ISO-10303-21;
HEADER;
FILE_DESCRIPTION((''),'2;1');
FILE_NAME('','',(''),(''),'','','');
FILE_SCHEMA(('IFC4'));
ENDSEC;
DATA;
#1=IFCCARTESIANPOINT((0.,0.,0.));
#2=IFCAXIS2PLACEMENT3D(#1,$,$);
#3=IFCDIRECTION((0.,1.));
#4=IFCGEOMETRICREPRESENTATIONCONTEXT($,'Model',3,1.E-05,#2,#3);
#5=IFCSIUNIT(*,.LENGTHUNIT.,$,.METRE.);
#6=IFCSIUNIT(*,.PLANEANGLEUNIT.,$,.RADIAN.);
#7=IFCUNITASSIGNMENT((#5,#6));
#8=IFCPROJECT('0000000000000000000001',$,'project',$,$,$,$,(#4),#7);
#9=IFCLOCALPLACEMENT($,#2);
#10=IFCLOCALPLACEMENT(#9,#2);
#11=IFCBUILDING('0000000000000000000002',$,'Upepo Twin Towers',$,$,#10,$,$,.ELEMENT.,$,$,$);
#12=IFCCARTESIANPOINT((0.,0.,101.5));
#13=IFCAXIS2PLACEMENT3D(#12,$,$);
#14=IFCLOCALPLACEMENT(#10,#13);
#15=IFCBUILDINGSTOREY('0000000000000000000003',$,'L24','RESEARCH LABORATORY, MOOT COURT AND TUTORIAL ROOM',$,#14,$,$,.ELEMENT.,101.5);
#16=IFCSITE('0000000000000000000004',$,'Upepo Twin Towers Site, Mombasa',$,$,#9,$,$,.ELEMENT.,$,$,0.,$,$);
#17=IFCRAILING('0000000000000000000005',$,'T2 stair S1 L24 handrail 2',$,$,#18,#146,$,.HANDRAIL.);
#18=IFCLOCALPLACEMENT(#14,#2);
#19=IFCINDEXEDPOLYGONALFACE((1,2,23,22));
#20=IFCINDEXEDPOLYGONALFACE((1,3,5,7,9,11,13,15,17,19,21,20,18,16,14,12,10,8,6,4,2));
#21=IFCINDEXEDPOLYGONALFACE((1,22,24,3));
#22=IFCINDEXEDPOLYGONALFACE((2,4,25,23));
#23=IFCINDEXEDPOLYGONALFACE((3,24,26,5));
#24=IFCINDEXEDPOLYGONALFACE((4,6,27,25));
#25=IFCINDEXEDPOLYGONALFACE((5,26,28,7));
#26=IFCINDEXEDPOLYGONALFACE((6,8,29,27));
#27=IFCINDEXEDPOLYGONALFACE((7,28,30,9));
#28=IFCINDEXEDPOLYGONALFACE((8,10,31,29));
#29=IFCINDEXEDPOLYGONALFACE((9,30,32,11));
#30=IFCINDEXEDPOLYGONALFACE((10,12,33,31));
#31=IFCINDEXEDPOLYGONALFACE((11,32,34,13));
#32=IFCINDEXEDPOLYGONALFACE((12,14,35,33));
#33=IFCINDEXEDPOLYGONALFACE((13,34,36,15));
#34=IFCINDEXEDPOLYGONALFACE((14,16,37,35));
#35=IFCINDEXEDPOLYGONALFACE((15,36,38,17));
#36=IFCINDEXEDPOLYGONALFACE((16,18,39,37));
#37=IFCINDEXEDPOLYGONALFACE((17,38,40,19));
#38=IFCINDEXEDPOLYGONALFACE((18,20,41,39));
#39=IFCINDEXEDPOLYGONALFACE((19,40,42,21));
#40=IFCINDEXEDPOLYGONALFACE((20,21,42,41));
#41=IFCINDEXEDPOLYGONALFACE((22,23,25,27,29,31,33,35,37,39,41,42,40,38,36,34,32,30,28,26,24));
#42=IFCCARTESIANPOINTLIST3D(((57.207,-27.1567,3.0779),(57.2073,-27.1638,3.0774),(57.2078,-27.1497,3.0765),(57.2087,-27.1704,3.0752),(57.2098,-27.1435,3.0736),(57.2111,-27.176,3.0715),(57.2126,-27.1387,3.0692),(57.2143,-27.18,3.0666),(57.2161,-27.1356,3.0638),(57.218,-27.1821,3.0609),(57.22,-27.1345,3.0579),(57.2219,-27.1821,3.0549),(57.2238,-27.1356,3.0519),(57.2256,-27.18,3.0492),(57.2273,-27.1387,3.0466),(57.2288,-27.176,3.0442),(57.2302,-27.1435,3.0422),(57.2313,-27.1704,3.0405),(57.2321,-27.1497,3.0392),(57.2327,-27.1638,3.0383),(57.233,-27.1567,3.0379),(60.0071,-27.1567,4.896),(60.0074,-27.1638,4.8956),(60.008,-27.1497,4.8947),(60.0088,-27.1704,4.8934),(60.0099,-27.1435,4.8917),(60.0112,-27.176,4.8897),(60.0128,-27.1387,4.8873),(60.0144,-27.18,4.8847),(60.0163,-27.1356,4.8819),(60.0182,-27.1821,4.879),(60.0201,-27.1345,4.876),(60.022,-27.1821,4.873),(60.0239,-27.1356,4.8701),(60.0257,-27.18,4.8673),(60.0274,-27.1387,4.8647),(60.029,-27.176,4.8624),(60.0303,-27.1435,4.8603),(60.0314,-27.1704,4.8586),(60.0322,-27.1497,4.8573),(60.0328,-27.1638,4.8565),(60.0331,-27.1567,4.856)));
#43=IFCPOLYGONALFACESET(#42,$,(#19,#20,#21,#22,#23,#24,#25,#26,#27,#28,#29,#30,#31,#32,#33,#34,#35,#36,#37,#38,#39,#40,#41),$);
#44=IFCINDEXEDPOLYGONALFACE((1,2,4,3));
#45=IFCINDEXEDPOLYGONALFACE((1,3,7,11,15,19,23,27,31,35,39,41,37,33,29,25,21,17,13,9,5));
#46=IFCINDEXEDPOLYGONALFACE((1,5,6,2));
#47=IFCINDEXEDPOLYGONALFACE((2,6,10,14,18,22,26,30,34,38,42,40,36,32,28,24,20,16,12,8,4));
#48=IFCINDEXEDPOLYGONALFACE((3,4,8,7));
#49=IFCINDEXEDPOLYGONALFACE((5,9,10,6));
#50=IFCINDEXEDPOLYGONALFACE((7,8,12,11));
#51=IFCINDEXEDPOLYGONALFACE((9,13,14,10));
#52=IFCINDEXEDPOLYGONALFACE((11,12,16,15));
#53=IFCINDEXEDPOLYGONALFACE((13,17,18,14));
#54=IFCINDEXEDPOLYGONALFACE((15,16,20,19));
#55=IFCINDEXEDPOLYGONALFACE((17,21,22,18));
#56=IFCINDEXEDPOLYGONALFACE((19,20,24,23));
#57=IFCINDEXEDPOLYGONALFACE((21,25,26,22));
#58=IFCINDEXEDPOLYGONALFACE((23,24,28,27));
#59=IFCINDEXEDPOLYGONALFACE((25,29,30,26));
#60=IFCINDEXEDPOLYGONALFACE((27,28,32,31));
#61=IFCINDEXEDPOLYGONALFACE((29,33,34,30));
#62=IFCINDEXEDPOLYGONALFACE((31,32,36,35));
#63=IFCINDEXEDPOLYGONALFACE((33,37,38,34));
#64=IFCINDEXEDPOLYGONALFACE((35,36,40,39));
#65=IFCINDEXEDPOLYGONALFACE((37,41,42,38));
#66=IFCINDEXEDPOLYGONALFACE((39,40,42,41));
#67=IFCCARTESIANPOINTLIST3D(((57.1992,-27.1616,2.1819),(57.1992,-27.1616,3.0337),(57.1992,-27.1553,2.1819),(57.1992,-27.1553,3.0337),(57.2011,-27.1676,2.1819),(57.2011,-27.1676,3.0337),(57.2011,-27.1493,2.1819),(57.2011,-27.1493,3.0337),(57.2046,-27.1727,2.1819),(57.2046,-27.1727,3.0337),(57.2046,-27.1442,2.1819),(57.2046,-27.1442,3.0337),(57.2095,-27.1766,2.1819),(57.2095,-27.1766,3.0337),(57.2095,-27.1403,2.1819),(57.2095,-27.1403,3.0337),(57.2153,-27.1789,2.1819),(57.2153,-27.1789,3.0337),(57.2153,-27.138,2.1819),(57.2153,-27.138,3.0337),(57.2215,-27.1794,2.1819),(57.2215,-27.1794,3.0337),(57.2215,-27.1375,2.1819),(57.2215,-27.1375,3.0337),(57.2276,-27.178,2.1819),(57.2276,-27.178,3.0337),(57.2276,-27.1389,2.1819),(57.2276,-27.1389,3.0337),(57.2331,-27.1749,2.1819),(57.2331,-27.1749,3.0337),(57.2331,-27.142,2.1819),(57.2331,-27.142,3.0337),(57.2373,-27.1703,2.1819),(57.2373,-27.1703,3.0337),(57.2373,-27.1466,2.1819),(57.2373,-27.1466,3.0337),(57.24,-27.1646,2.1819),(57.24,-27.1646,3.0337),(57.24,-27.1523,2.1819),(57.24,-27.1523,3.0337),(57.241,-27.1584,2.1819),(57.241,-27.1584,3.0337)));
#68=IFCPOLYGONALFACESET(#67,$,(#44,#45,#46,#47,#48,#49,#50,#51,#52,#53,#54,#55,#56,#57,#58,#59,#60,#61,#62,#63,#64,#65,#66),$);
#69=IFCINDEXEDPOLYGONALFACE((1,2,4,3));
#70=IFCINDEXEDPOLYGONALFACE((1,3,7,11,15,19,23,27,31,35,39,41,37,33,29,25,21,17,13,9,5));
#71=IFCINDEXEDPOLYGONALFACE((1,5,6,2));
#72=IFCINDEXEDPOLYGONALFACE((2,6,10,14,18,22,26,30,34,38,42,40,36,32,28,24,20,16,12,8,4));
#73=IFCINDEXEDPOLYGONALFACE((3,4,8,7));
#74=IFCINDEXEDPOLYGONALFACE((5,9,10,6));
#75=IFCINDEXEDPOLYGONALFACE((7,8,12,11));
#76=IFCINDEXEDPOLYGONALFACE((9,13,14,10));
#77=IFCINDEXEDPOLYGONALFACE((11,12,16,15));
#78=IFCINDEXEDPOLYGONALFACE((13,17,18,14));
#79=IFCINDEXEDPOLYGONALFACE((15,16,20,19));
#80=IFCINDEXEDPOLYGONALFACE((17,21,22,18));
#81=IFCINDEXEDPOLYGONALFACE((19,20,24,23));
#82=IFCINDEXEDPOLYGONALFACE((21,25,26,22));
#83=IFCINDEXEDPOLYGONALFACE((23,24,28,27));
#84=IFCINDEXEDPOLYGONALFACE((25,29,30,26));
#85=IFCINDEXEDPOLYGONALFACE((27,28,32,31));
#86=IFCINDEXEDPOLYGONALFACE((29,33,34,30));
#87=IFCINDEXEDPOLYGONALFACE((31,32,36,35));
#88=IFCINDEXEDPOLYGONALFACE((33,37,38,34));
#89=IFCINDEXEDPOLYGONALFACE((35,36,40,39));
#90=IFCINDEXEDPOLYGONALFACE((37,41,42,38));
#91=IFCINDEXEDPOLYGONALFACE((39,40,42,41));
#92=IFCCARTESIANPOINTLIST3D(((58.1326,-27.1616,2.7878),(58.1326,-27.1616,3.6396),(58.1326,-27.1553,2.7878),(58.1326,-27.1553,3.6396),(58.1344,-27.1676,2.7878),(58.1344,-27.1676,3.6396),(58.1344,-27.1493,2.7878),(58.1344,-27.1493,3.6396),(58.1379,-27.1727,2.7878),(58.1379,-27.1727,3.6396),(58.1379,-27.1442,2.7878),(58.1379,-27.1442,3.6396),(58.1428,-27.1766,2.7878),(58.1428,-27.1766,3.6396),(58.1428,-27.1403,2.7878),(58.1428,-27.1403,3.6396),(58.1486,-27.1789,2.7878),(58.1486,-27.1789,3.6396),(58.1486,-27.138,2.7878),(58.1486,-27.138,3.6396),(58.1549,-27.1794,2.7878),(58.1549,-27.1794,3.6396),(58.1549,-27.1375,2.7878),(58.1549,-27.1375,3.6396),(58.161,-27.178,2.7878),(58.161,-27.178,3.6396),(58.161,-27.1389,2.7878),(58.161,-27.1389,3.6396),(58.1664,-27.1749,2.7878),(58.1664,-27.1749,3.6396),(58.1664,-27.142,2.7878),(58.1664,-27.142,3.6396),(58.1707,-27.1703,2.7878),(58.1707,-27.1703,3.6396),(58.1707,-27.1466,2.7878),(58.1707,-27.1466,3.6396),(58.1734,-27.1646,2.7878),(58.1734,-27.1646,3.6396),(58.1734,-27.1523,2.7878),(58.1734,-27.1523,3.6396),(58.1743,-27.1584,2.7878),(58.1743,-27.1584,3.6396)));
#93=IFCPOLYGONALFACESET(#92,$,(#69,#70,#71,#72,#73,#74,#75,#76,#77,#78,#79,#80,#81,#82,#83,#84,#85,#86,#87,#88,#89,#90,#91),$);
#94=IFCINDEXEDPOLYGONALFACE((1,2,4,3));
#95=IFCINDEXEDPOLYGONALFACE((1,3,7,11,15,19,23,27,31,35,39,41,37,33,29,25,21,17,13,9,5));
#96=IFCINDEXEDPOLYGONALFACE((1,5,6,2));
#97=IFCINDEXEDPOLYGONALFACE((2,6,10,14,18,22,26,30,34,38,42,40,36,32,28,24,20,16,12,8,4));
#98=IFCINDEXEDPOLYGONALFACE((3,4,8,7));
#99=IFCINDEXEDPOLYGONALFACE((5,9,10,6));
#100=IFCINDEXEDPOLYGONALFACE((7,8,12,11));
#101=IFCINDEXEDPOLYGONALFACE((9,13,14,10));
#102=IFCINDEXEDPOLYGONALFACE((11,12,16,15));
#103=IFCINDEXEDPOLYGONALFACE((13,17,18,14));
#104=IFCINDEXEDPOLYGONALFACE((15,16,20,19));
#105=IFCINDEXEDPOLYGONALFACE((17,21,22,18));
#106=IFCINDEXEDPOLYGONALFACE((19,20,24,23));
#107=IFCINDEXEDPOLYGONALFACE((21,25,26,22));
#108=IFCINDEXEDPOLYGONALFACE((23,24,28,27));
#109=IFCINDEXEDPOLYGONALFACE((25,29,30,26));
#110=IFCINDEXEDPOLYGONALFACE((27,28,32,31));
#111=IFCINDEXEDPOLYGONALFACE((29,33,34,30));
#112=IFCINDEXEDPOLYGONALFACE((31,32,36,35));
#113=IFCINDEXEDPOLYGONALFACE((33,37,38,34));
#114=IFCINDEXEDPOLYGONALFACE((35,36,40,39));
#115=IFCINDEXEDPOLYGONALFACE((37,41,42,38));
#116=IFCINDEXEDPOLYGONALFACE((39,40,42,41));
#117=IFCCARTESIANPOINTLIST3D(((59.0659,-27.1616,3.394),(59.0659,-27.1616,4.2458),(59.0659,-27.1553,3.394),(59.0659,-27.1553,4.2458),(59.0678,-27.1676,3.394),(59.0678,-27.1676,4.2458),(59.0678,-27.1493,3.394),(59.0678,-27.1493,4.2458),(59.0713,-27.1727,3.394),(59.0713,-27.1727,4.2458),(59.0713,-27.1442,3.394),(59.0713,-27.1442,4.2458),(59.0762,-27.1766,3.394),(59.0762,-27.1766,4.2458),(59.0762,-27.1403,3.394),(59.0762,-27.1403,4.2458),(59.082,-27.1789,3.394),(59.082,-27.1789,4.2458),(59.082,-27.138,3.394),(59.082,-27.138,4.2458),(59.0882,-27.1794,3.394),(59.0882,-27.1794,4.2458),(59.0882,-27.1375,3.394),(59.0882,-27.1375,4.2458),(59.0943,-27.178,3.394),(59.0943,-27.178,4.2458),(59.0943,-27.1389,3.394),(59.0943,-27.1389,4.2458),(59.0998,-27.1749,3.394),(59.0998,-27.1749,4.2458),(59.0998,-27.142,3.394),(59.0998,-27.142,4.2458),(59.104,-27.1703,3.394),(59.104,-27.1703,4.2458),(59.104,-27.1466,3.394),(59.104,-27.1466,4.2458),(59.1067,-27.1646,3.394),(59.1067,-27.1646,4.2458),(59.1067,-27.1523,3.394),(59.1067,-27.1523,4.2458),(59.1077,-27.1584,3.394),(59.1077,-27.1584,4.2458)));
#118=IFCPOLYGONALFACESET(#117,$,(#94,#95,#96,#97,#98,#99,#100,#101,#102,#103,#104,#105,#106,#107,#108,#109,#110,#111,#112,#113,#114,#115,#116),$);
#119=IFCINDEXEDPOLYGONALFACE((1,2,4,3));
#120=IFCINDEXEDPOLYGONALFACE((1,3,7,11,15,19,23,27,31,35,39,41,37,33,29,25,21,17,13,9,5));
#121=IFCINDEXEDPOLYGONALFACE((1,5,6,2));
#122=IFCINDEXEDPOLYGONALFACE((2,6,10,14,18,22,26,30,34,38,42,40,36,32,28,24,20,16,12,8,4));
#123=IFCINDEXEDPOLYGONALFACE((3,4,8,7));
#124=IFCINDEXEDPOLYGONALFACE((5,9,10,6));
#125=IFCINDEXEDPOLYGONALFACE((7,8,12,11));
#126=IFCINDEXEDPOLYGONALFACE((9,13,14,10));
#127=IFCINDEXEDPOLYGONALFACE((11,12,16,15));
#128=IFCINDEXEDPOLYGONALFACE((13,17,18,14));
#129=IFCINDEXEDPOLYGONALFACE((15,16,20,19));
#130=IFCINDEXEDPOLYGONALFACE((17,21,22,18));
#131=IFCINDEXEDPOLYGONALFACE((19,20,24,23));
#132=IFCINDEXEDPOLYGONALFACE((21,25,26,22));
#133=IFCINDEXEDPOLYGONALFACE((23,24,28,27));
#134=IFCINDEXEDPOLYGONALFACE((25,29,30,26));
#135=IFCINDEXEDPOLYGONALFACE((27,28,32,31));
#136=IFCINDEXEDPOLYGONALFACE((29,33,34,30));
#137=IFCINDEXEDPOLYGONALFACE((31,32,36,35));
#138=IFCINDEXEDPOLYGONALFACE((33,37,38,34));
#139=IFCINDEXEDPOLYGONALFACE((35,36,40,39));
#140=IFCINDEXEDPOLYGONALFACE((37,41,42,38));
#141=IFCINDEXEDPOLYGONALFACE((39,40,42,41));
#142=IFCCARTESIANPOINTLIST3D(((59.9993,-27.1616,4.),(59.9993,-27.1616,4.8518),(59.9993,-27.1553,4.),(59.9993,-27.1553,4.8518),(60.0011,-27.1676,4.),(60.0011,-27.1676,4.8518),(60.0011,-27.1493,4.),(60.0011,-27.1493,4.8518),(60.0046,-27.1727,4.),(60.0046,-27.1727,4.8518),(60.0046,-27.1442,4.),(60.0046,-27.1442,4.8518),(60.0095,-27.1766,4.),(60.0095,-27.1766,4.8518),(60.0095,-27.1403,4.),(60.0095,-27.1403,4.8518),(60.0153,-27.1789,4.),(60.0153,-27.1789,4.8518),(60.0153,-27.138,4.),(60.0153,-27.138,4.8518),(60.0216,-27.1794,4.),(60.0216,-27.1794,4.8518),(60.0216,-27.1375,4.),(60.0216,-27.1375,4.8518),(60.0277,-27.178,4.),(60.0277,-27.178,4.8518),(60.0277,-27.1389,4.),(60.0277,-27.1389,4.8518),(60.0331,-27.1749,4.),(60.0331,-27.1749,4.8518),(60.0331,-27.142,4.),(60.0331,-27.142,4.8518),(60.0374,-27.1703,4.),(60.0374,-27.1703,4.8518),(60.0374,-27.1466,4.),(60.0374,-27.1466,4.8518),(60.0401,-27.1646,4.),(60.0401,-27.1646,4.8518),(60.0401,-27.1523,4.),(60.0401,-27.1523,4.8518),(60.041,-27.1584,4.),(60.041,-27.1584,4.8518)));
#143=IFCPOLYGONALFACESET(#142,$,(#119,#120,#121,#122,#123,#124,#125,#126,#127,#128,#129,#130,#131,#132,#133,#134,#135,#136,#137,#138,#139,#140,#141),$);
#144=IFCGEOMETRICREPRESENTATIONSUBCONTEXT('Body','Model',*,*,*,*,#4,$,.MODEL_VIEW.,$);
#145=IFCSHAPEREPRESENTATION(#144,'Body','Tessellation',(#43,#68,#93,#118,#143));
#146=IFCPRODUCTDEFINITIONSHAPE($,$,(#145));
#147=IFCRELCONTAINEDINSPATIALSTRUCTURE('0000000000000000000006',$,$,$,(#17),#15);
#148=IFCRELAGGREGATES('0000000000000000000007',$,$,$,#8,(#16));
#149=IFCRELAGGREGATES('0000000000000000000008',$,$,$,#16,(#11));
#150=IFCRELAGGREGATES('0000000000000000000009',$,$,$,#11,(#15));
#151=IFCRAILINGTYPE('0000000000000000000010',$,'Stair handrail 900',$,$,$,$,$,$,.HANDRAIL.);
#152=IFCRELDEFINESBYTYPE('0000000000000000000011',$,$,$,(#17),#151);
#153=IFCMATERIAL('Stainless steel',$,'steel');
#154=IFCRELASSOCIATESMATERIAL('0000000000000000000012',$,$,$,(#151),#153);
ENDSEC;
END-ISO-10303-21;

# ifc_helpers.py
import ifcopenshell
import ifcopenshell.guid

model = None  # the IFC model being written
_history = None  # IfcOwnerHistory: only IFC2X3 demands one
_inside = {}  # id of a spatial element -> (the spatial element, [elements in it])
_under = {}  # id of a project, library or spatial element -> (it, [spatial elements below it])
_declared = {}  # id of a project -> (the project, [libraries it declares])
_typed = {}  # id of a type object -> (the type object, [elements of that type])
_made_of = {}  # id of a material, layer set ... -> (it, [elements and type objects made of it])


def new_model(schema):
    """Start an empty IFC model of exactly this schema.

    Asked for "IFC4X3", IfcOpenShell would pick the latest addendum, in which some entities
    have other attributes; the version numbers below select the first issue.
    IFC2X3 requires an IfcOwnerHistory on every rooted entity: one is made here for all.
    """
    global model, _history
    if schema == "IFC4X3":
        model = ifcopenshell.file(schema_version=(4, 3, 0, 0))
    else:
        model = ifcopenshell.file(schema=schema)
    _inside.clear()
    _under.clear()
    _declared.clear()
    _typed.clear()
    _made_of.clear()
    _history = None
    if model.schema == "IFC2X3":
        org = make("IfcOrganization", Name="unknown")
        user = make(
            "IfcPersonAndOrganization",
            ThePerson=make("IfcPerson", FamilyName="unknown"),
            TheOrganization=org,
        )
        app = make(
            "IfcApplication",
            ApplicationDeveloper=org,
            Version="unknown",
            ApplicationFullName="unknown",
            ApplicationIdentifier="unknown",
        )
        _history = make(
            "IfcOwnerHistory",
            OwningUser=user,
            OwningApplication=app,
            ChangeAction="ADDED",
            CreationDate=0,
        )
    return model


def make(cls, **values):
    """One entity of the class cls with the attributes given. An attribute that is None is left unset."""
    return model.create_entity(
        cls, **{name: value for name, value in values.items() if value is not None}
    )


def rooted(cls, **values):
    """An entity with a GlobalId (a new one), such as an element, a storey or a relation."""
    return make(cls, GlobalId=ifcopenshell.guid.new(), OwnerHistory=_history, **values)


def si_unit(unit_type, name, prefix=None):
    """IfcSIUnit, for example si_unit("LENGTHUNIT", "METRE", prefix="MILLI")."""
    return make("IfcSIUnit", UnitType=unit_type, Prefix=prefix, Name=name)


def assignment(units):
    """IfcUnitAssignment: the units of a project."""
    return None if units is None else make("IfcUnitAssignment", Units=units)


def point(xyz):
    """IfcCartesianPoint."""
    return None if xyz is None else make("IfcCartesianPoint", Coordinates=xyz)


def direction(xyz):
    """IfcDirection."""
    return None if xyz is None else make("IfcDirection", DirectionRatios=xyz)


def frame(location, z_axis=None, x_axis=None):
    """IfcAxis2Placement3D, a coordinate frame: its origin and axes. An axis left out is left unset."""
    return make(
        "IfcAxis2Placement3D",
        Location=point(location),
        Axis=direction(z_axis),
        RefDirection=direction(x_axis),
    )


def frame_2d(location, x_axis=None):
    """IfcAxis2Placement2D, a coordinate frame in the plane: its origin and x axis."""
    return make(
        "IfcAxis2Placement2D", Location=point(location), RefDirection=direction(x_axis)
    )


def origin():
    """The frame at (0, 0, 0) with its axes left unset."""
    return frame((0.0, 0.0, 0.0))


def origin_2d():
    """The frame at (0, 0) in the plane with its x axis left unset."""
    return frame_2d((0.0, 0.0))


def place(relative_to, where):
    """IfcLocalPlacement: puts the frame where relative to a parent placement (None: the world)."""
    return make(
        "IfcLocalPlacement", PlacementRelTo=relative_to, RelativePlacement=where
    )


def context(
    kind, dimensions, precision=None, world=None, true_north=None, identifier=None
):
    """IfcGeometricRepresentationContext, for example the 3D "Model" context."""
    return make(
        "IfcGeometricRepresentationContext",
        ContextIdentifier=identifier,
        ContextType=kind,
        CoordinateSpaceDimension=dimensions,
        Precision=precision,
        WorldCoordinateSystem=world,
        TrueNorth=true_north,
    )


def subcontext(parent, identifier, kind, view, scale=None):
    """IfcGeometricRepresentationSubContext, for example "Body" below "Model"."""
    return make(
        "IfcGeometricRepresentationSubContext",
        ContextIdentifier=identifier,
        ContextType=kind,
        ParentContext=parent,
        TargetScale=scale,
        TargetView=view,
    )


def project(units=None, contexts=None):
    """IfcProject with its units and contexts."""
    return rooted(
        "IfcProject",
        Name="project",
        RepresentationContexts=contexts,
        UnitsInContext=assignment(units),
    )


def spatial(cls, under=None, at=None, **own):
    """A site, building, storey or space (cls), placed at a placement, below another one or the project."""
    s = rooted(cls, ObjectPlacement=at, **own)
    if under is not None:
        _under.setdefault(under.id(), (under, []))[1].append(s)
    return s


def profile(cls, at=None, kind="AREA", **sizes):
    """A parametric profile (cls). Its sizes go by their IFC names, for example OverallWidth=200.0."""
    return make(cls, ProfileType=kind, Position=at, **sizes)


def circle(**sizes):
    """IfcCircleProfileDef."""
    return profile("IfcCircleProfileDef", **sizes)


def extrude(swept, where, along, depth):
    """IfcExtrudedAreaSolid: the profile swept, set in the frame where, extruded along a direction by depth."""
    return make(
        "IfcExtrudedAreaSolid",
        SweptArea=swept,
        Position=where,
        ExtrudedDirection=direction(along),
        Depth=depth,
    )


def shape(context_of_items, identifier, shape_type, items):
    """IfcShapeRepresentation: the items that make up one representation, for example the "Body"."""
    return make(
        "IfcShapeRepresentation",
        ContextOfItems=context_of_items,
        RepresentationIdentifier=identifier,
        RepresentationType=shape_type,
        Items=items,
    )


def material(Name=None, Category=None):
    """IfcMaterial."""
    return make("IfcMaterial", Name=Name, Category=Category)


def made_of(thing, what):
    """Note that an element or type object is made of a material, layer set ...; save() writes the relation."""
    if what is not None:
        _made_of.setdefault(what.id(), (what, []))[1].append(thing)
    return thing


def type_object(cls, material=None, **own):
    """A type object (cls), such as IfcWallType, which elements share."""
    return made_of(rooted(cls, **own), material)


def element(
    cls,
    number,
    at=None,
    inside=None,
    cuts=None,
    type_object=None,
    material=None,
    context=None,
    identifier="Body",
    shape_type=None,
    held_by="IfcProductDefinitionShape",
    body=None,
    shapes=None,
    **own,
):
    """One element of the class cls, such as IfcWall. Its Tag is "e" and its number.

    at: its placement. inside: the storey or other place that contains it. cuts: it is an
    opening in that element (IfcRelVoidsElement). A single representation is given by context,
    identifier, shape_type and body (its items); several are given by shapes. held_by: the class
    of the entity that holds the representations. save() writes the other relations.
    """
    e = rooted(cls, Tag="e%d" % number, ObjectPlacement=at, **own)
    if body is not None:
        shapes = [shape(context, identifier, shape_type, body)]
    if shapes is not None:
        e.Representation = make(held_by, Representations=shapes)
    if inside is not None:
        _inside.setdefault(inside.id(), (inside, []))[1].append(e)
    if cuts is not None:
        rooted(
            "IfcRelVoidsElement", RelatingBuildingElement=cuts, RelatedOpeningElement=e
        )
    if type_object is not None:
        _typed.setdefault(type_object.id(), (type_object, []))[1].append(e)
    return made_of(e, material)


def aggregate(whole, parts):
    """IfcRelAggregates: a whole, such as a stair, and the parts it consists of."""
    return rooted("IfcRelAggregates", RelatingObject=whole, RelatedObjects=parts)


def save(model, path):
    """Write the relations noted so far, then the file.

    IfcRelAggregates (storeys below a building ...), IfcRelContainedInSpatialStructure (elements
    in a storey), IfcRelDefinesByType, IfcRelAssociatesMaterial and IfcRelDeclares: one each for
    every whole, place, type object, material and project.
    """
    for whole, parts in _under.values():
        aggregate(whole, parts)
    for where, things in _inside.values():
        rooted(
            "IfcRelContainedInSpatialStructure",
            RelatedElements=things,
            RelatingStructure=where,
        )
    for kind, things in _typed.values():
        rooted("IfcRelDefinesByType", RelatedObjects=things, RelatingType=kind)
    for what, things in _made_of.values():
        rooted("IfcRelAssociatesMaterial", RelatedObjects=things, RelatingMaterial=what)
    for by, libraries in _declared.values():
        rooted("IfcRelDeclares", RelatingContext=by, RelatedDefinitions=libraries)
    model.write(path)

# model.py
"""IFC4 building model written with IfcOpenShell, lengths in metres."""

from ifc_helpers import new_model, si_unit, direction, frame, origin, origin_2d, place, context, subcontext, project, spatial, circle, extrude, material, type_object, element, save


model = new_model("IFC4")

# Units and contexts
model_context = context("Model", 3, precision=1e-05, world=origin(), true_north=direction((0.0, 1.0)))
body_context = subcontext(model_context, "Body", "Model", "MODEL_VIEW")
ifc_project = project(units=[si_unit("LENGTHUNIT", "METRE"), si_unit("PLANEANGLEUNIT", "RADIAN")], contexts=[model_context])

# Site, building, storey
site_placement = place(None, origin())
site = spatial("IfcSite", under=ifc_project, at=site_placement, Name="Upepo Twin Towers Site, Mombasa", CompositionType="ELEMENT", RefElevation=0.0)
building_placement = place(site_placement, origin())
building = spatial("IfcBuilding", under=site, at=building_placement, Name="Upepo Twin Towers", CompositionType="ELEMENT")
storey_placement = place(building_placement, frame((0.0, 0.0, 101.5)))
storey = spatial("IfcBuildingStorey", under=building, at=storey_placement, Name="L24", Description="RESEARCH LABORATORY, MOOT COURT AND TUTORIAL ROOM", CompositionType="ELEMENT", Elevation=101.5)

# Railing
ifc_material_1 = material(Name="Stainless steel", Category="steel")
railing_type = type_object("IfcRailingType", Name="Stair handrail 900", PredefinedType="HANDRAIL", material=ifc_material_1)
railing_1_placement = place(storey_placement, frame((57.22, -27.1584, 2.1819)))
element("IfcRailing", 1, at=railing_1_placement, inside=storey, type_object=railing_type, Name="T2 stair S1 L24 handrail 2", PredefinedType="HANDRAIL", context=body_context, shape_type="SweptSolid", body=[
    extrude(circle(Radius=0.0239, at=origin_2d()), frame((0.0, 0.0, 0.876), z_axis=(0.838706, 0.0, 0.544585), x_axis=(0.0, 1.0, 0.0)), (0.0, 0.0, 1.0), 3.3386),
    extrude(circle(Radius=0.021, at=origin_2d()), origin(), (0.0, 0.0, 1.0), 0.8518),
    extrude(circle(Radius=0.021, at=origin_2d()), frame((0.9333, 0.0, 0.606)), (0.0, 0.0, 1.0), 0.8518),
    extrude(circle(Radius=0.021, at=origin_2d()), frame((1.8667, 0.0, 1.2122)), (0.0, 0.0, 1.0), 0.8518),
    extrude(circle(Radius=0.021, at=origin_2d()), frame((2.8, 0.0, 1.8181)), (0.0, 0.0, 1.0), 0.8518),
])

save(model, "model.ifc")
